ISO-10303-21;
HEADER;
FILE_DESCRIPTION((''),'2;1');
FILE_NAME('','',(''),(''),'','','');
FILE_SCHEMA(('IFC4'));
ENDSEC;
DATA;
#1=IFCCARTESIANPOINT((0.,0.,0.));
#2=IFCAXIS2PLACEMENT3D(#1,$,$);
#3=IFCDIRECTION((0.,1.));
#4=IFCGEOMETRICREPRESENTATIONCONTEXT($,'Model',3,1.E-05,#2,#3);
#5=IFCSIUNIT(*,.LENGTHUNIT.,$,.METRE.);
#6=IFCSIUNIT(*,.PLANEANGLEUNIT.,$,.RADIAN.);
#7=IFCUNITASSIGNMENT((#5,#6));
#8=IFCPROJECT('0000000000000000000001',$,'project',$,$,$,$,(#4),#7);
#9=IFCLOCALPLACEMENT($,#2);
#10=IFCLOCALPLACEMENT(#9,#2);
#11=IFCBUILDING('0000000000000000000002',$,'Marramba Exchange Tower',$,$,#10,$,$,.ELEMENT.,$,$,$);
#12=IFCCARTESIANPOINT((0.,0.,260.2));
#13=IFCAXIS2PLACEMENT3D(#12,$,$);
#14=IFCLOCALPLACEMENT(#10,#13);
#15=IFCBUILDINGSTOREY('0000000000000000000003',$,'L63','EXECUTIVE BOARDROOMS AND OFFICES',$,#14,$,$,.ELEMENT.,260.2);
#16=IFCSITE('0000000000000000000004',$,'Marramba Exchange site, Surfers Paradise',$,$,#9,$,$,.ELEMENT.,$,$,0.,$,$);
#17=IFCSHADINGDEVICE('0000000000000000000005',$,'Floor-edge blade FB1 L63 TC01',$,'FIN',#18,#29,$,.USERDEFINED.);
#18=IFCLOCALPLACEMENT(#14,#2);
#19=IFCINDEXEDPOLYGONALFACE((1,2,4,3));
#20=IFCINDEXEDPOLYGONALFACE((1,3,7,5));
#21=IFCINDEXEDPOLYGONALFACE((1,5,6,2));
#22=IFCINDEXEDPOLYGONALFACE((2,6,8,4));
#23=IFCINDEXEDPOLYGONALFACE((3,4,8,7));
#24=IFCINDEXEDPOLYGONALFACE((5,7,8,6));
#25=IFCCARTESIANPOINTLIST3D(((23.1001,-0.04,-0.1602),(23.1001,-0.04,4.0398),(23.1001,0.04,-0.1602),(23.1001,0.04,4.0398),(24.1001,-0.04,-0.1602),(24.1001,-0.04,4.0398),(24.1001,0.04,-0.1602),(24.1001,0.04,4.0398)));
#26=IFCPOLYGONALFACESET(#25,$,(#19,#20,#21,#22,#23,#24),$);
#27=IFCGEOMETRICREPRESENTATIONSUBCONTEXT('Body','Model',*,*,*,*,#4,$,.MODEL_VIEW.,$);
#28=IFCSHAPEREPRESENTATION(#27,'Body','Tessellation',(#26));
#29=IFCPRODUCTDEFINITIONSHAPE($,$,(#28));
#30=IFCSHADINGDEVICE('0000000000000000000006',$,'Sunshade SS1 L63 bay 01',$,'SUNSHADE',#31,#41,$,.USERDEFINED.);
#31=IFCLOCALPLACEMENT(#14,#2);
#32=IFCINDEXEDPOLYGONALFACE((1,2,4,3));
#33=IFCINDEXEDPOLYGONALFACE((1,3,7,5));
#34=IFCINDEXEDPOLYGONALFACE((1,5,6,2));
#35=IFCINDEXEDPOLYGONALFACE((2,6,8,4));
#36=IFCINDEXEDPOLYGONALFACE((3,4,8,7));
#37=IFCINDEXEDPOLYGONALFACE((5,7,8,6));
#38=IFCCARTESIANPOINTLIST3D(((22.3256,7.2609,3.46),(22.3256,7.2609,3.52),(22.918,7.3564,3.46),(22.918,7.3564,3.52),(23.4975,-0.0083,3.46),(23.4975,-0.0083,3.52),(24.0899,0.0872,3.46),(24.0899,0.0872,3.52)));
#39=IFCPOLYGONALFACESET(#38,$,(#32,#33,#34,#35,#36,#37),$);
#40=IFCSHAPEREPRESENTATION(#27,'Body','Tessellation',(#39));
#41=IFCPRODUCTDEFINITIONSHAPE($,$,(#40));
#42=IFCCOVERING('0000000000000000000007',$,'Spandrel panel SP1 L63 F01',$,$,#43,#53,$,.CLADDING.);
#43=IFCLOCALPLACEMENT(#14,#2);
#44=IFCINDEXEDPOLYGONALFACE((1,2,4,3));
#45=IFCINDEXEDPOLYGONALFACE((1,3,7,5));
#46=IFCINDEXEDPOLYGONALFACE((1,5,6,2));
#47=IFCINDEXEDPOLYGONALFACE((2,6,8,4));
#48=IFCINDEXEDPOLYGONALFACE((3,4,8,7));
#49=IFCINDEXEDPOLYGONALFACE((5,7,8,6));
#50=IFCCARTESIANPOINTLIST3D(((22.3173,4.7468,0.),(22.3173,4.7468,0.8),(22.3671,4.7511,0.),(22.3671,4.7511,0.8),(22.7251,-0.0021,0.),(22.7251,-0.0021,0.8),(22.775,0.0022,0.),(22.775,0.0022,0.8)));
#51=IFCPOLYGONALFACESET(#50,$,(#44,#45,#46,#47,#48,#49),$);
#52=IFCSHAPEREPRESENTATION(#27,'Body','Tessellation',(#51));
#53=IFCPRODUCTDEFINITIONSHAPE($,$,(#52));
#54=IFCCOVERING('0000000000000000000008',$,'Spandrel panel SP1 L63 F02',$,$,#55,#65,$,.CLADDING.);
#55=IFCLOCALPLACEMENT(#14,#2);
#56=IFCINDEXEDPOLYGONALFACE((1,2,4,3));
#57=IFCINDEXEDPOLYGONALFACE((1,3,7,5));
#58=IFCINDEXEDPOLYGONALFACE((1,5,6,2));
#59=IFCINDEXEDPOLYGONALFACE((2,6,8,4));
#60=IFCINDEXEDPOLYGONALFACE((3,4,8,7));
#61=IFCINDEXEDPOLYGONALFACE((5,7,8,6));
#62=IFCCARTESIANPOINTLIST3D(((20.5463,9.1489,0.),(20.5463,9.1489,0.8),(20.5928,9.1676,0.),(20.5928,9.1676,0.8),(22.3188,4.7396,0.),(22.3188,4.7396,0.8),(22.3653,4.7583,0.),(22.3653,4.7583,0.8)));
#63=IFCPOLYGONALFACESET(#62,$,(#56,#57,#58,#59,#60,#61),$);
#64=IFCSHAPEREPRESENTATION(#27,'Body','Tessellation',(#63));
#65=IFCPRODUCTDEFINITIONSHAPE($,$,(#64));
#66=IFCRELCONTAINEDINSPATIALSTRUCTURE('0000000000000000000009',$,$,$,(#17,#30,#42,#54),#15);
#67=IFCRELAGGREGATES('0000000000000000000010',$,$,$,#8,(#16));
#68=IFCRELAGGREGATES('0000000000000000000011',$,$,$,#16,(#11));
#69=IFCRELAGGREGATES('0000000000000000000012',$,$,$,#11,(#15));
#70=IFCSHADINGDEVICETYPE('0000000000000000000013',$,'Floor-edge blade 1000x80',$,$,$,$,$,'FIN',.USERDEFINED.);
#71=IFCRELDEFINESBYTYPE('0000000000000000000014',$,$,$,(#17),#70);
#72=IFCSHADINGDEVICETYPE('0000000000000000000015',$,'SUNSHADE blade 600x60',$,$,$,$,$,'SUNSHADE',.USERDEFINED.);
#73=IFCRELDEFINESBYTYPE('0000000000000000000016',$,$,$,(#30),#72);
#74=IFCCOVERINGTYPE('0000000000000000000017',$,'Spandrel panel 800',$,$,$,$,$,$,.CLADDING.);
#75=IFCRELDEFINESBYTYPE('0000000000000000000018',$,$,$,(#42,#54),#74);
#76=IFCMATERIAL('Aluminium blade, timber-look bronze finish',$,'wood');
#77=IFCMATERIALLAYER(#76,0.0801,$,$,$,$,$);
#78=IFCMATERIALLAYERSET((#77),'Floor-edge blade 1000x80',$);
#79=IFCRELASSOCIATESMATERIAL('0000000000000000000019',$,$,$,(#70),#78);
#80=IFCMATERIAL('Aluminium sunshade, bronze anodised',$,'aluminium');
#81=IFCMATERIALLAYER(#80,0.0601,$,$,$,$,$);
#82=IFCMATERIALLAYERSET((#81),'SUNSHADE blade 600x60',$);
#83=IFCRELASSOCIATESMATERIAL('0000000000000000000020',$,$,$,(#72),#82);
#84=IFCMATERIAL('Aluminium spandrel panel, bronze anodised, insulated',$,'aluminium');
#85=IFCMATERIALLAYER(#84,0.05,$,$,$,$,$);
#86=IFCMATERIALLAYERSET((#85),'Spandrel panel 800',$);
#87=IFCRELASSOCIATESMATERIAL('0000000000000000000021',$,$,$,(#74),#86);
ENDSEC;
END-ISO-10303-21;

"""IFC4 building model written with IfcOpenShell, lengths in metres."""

from ifc_helpers import new_model, si_unit, direction, frame, origin, origin_2d, place, context, subcontext, project, spatial, rectangle, extrude, material, layer, layer_set, type_object, element, save


model = new_model("IFC4")

# Units and contexts
model_context = context("Model", 3, precision=1e-05, world=origin(), true_north=direction((0.0, 1.0)))
body_context = subcontext(model_context, "Body", "Model", "MODEL_VIEW")
ifc_project = project(units=[si_unit("LENGTHUNIT", "METRE"), si_unit("PLANEANGLEUNIT", "RADIAN")], contexts=[model_context])

# Site, building, storey
site_placement = place(None, origin())
site = spatial("IfcSite", under=ifc_project, at=site_placement, Name="Marramba Exchange site, Surfers Paradise", CompositionType="ELEMENT", RefElevation=0.0)
building_placement = place(site_placement, origin())
building = spatial("IfcBuilding", under=site, at=building_placement, Name="Marramba Exchange Tower", CompositionType="ELEMENT")
storey_placement = place(building_placement, frame((0.0, 0.0, 260.2)))
storey = spatial("IfcBuildingStorey", under=building, at=storey_placement, Name="L63", Description="EXECUTIVE BOARDROOMS AND OFFICES", CompositionType="ELEMENT", Elevation=260.2)

# Shading devices
ifc_material_1 = material(Name="Aluminium blade, timber-look bronze finish", Category="wood")
ifc_layer_1 = layer(ifc_material_1, 0.0801)
ifc_layer_set_1 = layer_set([ifc_layer_1], Name="Floor-edge blade 1000x80")
shading_device_type_1 = type_object("IfcShadingDeviceType", Name="Floor-edge blade 1000x80", ElementType="FIN", PredefinedType="USERDEFINED", material=ifc_layer_set_1)
shading_device_1_placement = place(storey_placement, frame((23.6001, 0.0, -0.1602), z_axis=(0.0, 0.0, 1.0), x_axis=(1.0, 0.0, 0.0)))
element("IfcShadingDevice", 1, at=shading_device_1_placement, inside=storey, type_object=shading_device_type_1, Name="Floor-edge blade FB1 L63 TC01", ObjectType="FIN", PredefinedType="USERDEFINED", context=body_context, shape_type="SweptSolid", body=[
    extrude(rectangle(XDim=1.0, YDim=0.0801, at=origin_2d()), origin(), (0.0, 0.0, 1.0), 4.2),
])
ifc_material_2 = material(Name="Aluminium sunshade, bronze anodised", Category="aluminium")
ifc_layer_2 = layer(ifc_material_2, 0.0601)
ifc_layer_set_2 = layer_set([ifc_layer_2], Name="SUNSHADE blade 600x60")
shading_device_type_2 = type_object("IfcShadingDeviceType", Name="SUNSHADE blade 600x60", ElementType="SUNSHADE", PredefinedType="USERDEFINED", material=ifc_layer_set_2)
shading_device_2_placement = place(storey_placement, frame((23.2078, 3.6741, 3.46), z_axis=(0.0, 0.0, 1.0), x_axis=(-0.159158, 0.987253, 0.0)))
element("IfcShadingDevice", 2, at=shading_device_2_placement, inside=storey, type_object=shading_device_type_2, Name="Sunshade SS1 L63 bay 01", ObjectType="SUNSHADE", PredefinedType="USERDEFINED", context=body_context, shape_type="SweptSolid", body=[
    extrude(rectangle(XDim=7.363, YDim=0.6001, at=origin_2d()), origin(), (0.0, 0.0, 1.0), 0.0601),
])

# Coverings
ifc_material_3 = material(Name="Aluminium spandrel panel, bronze anodised, insulated", Category="aluminium")
ifc_layer_3 = layer(ifc_material_3, 0.05)
ifc_layer_set_3 = layer_set([ifc_layer_3], Name="Spandrel panel 800")
covering_type = type_object("IfcCoveringType", Name="Spandrel panel 800", PredefinedType="CLADDING", material=ifc_layer_set_3)
covering_1_placement = place(storey_placement, frame((22.5461, 2.3745, 0.0), z_axis=(0.0, 0.0, 1.0), x_axis=(-0.085574, 0.996332, 0.0)))
element("IfcCovering", 3, at=covering_1_placement, inside=storey, type_object=covering_type, Name="Spandrel panel SP1 L63 F01", PredefinedType="CLADDING", context=body_context, shape_type="SweptSolid", body=[
    extrude(rectangle(XDim=4.7664, YDim=0.05, at=origin_2d()), origin(), (0.0, 0.0, 1.0), 0.8),
])
covering_2_placement = place(storey_placement, frame((21.4558, 6.9536, 0.0), z_axis=(0.0, 0.0, 1.0), x_axis=(-0.372983, 0.927838, 0.0)))
element("IfcCovering", 4, at=covering_2_placement, inside=storey, type_object=covering_type, Name="Spandrel panel SP1 L63 F02", PredefinedType="CLADDING", context=body_context, shape_type="SweptSolid", body=[
    extrude(rectangle(XDim=4.7522, YDim=0.05, at=origin_2d()), origin(), (0.0, 0.0, 1.0), 0.8),
])

save(model, "model.ifc")
